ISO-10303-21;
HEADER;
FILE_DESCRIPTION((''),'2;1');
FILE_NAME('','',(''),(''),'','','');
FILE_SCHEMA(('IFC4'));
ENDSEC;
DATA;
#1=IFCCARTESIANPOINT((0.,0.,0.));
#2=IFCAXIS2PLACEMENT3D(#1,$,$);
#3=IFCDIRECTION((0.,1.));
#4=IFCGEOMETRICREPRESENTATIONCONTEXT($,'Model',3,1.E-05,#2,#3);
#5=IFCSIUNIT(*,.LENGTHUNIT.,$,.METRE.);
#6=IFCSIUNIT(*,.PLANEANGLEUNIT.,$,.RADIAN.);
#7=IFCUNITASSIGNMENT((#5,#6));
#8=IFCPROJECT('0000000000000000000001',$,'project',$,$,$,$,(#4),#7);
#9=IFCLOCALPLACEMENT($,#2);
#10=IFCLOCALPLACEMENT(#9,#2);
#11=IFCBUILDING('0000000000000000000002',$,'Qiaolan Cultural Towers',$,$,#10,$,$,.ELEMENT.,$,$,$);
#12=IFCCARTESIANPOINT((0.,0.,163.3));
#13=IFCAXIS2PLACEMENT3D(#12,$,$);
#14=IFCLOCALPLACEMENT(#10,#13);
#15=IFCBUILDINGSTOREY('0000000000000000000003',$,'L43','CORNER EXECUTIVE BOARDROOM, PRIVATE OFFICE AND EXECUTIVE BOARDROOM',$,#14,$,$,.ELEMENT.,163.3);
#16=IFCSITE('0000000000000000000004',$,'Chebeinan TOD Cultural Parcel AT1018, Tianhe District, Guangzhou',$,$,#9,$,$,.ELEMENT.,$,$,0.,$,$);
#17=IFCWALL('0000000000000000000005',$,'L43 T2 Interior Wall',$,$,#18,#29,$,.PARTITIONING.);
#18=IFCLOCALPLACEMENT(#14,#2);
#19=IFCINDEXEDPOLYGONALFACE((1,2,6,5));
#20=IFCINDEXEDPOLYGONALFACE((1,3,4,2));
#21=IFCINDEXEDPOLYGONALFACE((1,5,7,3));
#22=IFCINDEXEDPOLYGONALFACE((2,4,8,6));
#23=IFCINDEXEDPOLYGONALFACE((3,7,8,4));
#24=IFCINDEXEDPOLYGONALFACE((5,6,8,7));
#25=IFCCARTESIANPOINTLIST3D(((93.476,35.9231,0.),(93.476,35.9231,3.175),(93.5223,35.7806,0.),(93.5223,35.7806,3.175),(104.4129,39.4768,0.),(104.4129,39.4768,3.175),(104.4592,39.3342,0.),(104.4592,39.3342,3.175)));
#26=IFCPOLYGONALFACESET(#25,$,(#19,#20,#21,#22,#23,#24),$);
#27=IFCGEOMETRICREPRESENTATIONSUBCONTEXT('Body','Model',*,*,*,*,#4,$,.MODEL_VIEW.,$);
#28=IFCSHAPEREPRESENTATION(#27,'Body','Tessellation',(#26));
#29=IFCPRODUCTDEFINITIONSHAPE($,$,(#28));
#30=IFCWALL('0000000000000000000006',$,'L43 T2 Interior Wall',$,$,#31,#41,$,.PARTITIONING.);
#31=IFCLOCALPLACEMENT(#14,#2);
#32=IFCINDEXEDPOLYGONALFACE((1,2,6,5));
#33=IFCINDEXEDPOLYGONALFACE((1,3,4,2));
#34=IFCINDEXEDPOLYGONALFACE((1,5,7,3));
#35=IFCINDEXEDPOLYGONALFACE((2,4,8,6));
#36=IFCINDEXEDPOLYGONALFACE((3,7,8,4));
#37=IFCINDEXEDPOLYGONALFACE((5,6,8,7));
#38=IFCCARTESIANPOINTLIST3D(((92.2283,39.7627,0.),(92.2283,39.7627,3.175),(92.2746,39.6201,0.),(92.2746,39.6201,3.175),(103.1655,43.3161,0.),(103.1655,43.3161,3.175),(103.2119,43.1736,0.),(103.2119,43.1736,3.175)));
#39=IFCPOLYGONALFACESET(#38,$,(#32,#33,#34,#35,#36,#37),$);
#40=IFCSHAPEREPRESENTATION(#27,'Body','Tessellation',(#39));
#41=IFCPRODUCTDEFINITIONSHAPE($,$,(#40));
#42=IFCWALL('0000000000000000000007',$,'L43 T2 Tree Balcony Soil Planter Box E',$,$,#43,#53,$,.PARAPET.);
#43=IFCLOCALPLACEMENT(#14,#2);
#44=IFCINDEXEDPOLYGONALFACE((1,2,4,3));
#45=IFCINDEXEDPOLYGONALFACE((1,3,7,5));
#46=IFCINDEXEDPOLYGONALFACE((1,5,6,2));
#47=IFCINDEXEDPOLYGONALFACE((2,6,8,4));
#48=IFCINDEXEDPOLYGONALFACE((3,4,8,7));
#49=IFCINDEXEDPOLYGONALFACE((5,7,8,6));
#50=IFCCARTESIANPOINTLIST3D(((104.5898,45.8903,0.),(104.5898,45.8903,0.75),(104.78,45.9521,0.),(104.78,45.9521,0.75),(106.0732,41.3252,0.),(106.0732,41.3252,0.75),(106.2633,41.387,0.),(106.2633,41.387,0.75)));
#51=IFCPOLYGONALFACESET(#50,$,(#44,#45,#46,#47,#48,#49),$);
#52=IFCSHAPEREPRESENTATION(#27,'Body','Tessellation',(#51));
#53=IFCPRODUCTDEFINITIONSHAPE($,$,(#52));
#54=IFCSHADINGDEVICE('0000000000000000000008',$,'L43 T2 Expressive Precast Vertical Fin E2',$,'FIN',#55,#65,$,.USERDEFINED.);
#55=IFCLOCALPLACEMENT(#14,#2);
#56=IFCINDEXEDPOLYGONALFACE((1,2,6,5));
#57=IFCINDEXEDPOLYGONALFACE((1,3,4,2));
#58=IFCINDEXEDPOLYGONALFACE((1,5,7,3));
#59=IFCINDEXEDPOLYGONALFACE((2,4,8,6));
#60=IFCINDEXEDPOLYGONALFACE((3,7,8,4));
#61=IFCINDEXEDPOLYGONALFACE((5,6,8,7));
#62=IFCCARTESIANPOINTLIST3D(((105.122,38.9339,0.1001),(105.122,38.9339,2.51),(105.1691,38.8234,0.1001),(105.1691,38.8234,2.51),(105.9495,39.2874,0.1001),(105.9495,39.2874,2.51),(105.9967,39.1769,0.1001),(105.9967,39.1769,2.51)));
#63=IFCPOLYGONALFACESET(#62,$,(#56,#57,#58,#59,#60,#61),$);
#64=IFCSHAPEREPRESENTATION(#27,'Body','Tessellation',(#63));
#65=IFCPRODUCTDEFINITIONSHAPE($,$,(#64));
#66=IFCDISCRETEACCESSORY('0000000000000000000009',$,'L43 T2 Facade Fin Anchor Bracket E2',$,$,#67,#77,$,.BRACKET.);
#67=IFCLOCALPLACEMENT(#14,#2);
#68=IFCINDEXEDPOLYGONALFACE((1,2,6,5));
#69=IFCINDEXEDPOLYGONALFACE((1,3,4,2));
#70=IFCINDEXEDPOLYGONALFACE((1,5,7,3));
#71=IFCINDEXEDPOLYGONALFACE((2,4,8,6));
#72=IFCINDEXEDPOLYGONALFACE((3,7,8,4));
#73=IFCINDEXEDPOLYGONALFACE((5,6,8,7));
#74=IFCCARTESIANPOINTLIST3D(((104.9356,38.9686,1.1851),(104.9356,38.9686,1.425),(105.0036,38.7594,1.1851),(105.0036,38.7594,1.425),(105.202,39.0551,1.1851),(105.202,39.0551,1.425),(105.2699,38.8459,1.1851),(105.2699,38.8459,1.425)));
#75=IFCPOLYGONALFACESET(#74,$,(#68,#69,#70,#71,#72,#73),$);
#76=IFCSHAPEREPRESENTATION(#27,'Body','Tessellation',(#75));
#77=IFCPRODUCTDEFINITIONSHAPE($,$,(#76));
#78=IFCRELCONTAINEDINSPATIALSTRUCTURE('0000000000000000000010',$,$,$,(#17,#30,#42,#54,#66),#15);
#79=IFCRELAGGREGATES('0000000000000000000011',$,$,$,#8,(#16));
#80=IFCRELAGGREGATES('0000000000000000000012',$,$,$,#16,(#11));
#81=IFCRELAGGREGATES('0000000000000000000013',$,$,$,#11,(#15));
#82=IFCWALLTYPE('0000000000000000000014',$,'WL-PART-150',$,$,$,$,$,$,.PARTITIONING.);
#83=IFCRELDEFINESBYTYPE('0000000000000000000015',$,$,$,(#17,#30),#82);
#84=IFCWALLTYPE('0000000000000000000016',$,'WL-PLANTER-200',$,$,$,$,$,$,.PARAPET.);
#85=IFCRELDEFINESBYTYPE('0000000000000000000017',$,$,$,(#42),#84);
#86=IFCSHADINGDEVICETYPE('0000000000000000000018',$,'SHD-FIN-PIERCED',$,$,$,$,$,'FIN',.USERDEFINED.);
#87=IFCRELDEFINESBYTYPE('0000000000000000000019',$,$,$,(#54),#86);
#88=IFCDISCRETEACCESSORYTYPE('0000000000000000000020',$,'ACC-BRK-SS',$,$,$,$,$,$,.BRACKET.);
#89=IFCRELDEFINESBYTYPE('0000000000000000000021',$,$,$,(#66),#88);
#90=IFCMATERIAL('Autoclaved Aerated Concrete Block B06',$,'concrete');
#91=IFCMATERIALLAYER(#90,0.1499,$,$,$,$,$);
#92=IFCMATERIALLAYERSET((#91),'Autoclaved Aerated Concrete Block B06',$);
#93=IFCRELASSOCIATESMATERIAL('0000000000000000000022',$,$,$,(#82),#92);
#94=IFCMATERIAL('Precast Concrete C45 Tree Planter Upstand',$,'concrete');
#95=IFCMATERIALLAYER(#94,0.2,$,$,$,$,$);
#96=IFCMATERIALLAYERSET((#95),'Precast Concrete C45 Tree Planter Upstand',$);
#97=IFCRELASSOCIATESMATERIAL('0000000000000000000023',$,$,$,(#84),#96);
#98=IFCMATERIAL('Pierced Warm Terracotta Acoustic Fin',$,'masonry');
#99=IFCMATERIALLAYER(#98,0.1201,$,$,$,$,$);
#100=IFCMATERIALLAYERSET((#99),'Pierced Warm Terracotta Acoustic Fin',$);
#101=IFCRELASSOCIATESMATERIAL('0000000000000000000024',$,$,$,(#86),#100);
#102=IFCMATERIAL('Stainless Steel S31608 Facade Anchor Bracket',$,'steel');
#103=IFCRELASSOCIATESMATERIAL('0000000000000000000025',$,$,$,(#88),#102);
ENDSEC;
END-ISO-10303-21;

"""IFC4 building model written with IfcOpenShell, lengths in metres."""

from ifc_helpers import new_model, si_unit, direction, frame, frame_2d, origin, origin_2d, place, context, subcontext, project, spatial, rectangle, extrude, material, layer, layer_set, type_object, element, save


model = new_model("IFC4")

# Units and contexts
model_context = context("Model", 3, precision=1e-05, world=origin(), true_north=direction((0.0, 1.0)))
body_context = subcontext(model_context, "Body", "Model", "MODEL_VIEW")
ifc_project = project(units=[si_unit("LENGTHUNIT", "METRE"), si_unit("PLANEANGLEUNIT", "RADIAN")], contexts=[model_context])

# Site, building, storey
site_placement = place(None, origin())
site = spatial("IfcSite", under=ifc_project, at=site_placement, Name="Chebeinan TOD Cultural Parcel AT1018, Tianhe District, Guangzhou", CompositionType="ELEMENT", RefElevation=0.0)
building_placement = place(site_placement, origin())
building = spatial("IfcBuilding", under=site, at=building_placement, Name="Qiaolan Cultural Towers", CompositionType="ELEMENT")
storey_placement = place(building_placement, frame((0.0, 0.0, 163.3)))
storey = spatial("IfcBuildingStorey", under=building, at=storey_placement, Name="L43", Description="CORNER EXECUTIVE BOARDROOM, PRIVATE OFFICE AND EXECUTIVE BOARDROOM", CompositionType="ELEMENT", Elevation=163.3)

# Shared definitions
ifc_material_1 = material(Name="Autoclaved Aerated Concrete Block B06", Category="concrete")
ifc_layer_1 = layer(ifc_material_1, 0.1499)
ifc_layer_set_1 = layer_set([ifc_layer_1], Name="Autoclaved Aerated Concrete Block B06")
wall_type_1 = type_object("IfcWallType", Name="WL-PART-150", PredefinedType="PARTITIONING", material=ifc_layer_set_1)

# Walls
wall_1_placement = place(storey_placement, frame((93.499, 35.8518, 0.0), z_axis=(0.0, 0.0, 1.0), x_axis=(0.951055, 0.309022, 0.0)))
element("IfcWall", 1, at=wall_1_placement, inside=storey, type_object=wall_type_1, Name="L43 T2 Interior Wall", PredefinedType="PARTITIONING", context=body_context, shape_type="SweptSolid", body=[
    extrude(rectangle(XDim=11.4998, YDim=0.1499, at=frame_2d((5.75, 0.0))), origin(), (0.0, 0.0, 1.0), 3.175),
])
wall_2_placement = place(storey_placement, frame((92.2515, 39.6914, 0.0), z_axis=(0.0, 0.0, 1.0), x_axis=(0.951063, 0.308996, 0.0)))
element("IfcWall", 2, at=wall_2_placement, inside=storey, type_object=wall_type_1, Name="L43 T2 Interior Wall", PredefinedType="PARTITIONING", context=body_context, shape_type="SweptSolid", body=[
    extrude(rectangle(XDim=11.5, YDim=0.1499, at=frame_2d((5.75, 0.0))), origin(), (0.0, 0.0, 1.0), 3.175),
])
ifc_material_2 = material(Name="Precast Concrete C45 Tree Planter Upstand", Category="concrete")
ifc_layer_2 = layer(ifc_material_2, 0.2)
ifc_layer_set_2 = layer_set([ifc_layer_2], Name="Precast Concrete C45 Tree Planter Upstand")
wall_type_2 = type_object("IfcWallType", Name="WL-PLANTER-200", PredefinedType="PARAPET", material=ifc_layer_set_2)
wall_3_placement = place(storey_placement, frame((106.1682, 41.3562, 0.0), z_axis=(0.0, 0.0, 1.0), x_axis=(-0.309032, 0.951052, 0.0)))
element("IfcWall", 3, at=wall_3_placement, inside=storey, type_object=wall_type_2, Name="L43 T2 Tree Balcony Soil Planter Box E", PredefinedType="PARAPET", context=body_context, shape_type="SweptSolid", body=[
    extrude(rectangle(XDim=4.8, YDim=0.2, at=frame_2d((2.3999, 0.0))), origin(), (0.0, 0.0, 1.0), 0.75),
])

# Shading device
ifc_material_3 = material(Name="Pierced Warm Terracotta Acoustic Fin", Category="masonry")
ifc_layer_3 = layer(ifc_material_3, 0.1201)
ifc_layer_set_3 = layer_set([ifc_layer_3], Name="Pierced Warm Terracotta Acoustic Fin")
shading_device_type = type_object("IfcShadingDeviceType", Name="SHD-FIN-PIERCED", ElementType="FIN", PredefinedType="USERDEFINED", material=ifc_layer_set_3)
shading_device_placement = place(storey_placement, frame((105.5593, 39.0554, 0.1001), z_axis=(0.0, 0.0, 1.0), x_axis=(0.919614, 0.392824, 0.0)))
element("IfcShadingDevice", 4, at=shading_device_placement, inside=storey, type_object=shading_device_type, Name="L43 T2 Expressive Precast Vertical Fin E2", ObjectType="FIN", PredefinedType="USERDEFINED", context=body_context, shape_type="SweptSolid", body=[
    extrude(rectangle(XDim=0.8999, YDim=0.1201, at=origin_2d()), origin(), (0.0, 0.0, 1.0), 2.4099),
])

# Discrete accessory
ifc_material_4 = material(Name="Stainless Steel S31608 Facade Anchor Bracket", Category="steel")
discrete_accessory_type = type_object("IfcDiscreteAccessoryType", Name="ACC-BRK-SS", PredefinedType="BRACKET", material=ifc_material_4)
discrete_accessory_placement = place(storey_placement, frame((105.1028, 38.9072, 1.1851), z_axis=(0.0, 0.0, 1.0), x_axis=(0.951057, 0.309017, 0.0)))
element("IfcDiscreteAccessory", 5, at=discrete_accessory_placement, inside=storey, type_object=discrete_accessory_type, Name="L43 T2 Facade Fin Anchor Bracket E2", PredefinedType="BRACKET", context=body_context, shape_type="SweptSolid", body=[
    extrude(rectangle(XDim=0.28, YDim=0.22, at=origin_2d()), origin(), (0.0, 0.0, 1.0), 0.24),
])

save(model, "model.ifc")
